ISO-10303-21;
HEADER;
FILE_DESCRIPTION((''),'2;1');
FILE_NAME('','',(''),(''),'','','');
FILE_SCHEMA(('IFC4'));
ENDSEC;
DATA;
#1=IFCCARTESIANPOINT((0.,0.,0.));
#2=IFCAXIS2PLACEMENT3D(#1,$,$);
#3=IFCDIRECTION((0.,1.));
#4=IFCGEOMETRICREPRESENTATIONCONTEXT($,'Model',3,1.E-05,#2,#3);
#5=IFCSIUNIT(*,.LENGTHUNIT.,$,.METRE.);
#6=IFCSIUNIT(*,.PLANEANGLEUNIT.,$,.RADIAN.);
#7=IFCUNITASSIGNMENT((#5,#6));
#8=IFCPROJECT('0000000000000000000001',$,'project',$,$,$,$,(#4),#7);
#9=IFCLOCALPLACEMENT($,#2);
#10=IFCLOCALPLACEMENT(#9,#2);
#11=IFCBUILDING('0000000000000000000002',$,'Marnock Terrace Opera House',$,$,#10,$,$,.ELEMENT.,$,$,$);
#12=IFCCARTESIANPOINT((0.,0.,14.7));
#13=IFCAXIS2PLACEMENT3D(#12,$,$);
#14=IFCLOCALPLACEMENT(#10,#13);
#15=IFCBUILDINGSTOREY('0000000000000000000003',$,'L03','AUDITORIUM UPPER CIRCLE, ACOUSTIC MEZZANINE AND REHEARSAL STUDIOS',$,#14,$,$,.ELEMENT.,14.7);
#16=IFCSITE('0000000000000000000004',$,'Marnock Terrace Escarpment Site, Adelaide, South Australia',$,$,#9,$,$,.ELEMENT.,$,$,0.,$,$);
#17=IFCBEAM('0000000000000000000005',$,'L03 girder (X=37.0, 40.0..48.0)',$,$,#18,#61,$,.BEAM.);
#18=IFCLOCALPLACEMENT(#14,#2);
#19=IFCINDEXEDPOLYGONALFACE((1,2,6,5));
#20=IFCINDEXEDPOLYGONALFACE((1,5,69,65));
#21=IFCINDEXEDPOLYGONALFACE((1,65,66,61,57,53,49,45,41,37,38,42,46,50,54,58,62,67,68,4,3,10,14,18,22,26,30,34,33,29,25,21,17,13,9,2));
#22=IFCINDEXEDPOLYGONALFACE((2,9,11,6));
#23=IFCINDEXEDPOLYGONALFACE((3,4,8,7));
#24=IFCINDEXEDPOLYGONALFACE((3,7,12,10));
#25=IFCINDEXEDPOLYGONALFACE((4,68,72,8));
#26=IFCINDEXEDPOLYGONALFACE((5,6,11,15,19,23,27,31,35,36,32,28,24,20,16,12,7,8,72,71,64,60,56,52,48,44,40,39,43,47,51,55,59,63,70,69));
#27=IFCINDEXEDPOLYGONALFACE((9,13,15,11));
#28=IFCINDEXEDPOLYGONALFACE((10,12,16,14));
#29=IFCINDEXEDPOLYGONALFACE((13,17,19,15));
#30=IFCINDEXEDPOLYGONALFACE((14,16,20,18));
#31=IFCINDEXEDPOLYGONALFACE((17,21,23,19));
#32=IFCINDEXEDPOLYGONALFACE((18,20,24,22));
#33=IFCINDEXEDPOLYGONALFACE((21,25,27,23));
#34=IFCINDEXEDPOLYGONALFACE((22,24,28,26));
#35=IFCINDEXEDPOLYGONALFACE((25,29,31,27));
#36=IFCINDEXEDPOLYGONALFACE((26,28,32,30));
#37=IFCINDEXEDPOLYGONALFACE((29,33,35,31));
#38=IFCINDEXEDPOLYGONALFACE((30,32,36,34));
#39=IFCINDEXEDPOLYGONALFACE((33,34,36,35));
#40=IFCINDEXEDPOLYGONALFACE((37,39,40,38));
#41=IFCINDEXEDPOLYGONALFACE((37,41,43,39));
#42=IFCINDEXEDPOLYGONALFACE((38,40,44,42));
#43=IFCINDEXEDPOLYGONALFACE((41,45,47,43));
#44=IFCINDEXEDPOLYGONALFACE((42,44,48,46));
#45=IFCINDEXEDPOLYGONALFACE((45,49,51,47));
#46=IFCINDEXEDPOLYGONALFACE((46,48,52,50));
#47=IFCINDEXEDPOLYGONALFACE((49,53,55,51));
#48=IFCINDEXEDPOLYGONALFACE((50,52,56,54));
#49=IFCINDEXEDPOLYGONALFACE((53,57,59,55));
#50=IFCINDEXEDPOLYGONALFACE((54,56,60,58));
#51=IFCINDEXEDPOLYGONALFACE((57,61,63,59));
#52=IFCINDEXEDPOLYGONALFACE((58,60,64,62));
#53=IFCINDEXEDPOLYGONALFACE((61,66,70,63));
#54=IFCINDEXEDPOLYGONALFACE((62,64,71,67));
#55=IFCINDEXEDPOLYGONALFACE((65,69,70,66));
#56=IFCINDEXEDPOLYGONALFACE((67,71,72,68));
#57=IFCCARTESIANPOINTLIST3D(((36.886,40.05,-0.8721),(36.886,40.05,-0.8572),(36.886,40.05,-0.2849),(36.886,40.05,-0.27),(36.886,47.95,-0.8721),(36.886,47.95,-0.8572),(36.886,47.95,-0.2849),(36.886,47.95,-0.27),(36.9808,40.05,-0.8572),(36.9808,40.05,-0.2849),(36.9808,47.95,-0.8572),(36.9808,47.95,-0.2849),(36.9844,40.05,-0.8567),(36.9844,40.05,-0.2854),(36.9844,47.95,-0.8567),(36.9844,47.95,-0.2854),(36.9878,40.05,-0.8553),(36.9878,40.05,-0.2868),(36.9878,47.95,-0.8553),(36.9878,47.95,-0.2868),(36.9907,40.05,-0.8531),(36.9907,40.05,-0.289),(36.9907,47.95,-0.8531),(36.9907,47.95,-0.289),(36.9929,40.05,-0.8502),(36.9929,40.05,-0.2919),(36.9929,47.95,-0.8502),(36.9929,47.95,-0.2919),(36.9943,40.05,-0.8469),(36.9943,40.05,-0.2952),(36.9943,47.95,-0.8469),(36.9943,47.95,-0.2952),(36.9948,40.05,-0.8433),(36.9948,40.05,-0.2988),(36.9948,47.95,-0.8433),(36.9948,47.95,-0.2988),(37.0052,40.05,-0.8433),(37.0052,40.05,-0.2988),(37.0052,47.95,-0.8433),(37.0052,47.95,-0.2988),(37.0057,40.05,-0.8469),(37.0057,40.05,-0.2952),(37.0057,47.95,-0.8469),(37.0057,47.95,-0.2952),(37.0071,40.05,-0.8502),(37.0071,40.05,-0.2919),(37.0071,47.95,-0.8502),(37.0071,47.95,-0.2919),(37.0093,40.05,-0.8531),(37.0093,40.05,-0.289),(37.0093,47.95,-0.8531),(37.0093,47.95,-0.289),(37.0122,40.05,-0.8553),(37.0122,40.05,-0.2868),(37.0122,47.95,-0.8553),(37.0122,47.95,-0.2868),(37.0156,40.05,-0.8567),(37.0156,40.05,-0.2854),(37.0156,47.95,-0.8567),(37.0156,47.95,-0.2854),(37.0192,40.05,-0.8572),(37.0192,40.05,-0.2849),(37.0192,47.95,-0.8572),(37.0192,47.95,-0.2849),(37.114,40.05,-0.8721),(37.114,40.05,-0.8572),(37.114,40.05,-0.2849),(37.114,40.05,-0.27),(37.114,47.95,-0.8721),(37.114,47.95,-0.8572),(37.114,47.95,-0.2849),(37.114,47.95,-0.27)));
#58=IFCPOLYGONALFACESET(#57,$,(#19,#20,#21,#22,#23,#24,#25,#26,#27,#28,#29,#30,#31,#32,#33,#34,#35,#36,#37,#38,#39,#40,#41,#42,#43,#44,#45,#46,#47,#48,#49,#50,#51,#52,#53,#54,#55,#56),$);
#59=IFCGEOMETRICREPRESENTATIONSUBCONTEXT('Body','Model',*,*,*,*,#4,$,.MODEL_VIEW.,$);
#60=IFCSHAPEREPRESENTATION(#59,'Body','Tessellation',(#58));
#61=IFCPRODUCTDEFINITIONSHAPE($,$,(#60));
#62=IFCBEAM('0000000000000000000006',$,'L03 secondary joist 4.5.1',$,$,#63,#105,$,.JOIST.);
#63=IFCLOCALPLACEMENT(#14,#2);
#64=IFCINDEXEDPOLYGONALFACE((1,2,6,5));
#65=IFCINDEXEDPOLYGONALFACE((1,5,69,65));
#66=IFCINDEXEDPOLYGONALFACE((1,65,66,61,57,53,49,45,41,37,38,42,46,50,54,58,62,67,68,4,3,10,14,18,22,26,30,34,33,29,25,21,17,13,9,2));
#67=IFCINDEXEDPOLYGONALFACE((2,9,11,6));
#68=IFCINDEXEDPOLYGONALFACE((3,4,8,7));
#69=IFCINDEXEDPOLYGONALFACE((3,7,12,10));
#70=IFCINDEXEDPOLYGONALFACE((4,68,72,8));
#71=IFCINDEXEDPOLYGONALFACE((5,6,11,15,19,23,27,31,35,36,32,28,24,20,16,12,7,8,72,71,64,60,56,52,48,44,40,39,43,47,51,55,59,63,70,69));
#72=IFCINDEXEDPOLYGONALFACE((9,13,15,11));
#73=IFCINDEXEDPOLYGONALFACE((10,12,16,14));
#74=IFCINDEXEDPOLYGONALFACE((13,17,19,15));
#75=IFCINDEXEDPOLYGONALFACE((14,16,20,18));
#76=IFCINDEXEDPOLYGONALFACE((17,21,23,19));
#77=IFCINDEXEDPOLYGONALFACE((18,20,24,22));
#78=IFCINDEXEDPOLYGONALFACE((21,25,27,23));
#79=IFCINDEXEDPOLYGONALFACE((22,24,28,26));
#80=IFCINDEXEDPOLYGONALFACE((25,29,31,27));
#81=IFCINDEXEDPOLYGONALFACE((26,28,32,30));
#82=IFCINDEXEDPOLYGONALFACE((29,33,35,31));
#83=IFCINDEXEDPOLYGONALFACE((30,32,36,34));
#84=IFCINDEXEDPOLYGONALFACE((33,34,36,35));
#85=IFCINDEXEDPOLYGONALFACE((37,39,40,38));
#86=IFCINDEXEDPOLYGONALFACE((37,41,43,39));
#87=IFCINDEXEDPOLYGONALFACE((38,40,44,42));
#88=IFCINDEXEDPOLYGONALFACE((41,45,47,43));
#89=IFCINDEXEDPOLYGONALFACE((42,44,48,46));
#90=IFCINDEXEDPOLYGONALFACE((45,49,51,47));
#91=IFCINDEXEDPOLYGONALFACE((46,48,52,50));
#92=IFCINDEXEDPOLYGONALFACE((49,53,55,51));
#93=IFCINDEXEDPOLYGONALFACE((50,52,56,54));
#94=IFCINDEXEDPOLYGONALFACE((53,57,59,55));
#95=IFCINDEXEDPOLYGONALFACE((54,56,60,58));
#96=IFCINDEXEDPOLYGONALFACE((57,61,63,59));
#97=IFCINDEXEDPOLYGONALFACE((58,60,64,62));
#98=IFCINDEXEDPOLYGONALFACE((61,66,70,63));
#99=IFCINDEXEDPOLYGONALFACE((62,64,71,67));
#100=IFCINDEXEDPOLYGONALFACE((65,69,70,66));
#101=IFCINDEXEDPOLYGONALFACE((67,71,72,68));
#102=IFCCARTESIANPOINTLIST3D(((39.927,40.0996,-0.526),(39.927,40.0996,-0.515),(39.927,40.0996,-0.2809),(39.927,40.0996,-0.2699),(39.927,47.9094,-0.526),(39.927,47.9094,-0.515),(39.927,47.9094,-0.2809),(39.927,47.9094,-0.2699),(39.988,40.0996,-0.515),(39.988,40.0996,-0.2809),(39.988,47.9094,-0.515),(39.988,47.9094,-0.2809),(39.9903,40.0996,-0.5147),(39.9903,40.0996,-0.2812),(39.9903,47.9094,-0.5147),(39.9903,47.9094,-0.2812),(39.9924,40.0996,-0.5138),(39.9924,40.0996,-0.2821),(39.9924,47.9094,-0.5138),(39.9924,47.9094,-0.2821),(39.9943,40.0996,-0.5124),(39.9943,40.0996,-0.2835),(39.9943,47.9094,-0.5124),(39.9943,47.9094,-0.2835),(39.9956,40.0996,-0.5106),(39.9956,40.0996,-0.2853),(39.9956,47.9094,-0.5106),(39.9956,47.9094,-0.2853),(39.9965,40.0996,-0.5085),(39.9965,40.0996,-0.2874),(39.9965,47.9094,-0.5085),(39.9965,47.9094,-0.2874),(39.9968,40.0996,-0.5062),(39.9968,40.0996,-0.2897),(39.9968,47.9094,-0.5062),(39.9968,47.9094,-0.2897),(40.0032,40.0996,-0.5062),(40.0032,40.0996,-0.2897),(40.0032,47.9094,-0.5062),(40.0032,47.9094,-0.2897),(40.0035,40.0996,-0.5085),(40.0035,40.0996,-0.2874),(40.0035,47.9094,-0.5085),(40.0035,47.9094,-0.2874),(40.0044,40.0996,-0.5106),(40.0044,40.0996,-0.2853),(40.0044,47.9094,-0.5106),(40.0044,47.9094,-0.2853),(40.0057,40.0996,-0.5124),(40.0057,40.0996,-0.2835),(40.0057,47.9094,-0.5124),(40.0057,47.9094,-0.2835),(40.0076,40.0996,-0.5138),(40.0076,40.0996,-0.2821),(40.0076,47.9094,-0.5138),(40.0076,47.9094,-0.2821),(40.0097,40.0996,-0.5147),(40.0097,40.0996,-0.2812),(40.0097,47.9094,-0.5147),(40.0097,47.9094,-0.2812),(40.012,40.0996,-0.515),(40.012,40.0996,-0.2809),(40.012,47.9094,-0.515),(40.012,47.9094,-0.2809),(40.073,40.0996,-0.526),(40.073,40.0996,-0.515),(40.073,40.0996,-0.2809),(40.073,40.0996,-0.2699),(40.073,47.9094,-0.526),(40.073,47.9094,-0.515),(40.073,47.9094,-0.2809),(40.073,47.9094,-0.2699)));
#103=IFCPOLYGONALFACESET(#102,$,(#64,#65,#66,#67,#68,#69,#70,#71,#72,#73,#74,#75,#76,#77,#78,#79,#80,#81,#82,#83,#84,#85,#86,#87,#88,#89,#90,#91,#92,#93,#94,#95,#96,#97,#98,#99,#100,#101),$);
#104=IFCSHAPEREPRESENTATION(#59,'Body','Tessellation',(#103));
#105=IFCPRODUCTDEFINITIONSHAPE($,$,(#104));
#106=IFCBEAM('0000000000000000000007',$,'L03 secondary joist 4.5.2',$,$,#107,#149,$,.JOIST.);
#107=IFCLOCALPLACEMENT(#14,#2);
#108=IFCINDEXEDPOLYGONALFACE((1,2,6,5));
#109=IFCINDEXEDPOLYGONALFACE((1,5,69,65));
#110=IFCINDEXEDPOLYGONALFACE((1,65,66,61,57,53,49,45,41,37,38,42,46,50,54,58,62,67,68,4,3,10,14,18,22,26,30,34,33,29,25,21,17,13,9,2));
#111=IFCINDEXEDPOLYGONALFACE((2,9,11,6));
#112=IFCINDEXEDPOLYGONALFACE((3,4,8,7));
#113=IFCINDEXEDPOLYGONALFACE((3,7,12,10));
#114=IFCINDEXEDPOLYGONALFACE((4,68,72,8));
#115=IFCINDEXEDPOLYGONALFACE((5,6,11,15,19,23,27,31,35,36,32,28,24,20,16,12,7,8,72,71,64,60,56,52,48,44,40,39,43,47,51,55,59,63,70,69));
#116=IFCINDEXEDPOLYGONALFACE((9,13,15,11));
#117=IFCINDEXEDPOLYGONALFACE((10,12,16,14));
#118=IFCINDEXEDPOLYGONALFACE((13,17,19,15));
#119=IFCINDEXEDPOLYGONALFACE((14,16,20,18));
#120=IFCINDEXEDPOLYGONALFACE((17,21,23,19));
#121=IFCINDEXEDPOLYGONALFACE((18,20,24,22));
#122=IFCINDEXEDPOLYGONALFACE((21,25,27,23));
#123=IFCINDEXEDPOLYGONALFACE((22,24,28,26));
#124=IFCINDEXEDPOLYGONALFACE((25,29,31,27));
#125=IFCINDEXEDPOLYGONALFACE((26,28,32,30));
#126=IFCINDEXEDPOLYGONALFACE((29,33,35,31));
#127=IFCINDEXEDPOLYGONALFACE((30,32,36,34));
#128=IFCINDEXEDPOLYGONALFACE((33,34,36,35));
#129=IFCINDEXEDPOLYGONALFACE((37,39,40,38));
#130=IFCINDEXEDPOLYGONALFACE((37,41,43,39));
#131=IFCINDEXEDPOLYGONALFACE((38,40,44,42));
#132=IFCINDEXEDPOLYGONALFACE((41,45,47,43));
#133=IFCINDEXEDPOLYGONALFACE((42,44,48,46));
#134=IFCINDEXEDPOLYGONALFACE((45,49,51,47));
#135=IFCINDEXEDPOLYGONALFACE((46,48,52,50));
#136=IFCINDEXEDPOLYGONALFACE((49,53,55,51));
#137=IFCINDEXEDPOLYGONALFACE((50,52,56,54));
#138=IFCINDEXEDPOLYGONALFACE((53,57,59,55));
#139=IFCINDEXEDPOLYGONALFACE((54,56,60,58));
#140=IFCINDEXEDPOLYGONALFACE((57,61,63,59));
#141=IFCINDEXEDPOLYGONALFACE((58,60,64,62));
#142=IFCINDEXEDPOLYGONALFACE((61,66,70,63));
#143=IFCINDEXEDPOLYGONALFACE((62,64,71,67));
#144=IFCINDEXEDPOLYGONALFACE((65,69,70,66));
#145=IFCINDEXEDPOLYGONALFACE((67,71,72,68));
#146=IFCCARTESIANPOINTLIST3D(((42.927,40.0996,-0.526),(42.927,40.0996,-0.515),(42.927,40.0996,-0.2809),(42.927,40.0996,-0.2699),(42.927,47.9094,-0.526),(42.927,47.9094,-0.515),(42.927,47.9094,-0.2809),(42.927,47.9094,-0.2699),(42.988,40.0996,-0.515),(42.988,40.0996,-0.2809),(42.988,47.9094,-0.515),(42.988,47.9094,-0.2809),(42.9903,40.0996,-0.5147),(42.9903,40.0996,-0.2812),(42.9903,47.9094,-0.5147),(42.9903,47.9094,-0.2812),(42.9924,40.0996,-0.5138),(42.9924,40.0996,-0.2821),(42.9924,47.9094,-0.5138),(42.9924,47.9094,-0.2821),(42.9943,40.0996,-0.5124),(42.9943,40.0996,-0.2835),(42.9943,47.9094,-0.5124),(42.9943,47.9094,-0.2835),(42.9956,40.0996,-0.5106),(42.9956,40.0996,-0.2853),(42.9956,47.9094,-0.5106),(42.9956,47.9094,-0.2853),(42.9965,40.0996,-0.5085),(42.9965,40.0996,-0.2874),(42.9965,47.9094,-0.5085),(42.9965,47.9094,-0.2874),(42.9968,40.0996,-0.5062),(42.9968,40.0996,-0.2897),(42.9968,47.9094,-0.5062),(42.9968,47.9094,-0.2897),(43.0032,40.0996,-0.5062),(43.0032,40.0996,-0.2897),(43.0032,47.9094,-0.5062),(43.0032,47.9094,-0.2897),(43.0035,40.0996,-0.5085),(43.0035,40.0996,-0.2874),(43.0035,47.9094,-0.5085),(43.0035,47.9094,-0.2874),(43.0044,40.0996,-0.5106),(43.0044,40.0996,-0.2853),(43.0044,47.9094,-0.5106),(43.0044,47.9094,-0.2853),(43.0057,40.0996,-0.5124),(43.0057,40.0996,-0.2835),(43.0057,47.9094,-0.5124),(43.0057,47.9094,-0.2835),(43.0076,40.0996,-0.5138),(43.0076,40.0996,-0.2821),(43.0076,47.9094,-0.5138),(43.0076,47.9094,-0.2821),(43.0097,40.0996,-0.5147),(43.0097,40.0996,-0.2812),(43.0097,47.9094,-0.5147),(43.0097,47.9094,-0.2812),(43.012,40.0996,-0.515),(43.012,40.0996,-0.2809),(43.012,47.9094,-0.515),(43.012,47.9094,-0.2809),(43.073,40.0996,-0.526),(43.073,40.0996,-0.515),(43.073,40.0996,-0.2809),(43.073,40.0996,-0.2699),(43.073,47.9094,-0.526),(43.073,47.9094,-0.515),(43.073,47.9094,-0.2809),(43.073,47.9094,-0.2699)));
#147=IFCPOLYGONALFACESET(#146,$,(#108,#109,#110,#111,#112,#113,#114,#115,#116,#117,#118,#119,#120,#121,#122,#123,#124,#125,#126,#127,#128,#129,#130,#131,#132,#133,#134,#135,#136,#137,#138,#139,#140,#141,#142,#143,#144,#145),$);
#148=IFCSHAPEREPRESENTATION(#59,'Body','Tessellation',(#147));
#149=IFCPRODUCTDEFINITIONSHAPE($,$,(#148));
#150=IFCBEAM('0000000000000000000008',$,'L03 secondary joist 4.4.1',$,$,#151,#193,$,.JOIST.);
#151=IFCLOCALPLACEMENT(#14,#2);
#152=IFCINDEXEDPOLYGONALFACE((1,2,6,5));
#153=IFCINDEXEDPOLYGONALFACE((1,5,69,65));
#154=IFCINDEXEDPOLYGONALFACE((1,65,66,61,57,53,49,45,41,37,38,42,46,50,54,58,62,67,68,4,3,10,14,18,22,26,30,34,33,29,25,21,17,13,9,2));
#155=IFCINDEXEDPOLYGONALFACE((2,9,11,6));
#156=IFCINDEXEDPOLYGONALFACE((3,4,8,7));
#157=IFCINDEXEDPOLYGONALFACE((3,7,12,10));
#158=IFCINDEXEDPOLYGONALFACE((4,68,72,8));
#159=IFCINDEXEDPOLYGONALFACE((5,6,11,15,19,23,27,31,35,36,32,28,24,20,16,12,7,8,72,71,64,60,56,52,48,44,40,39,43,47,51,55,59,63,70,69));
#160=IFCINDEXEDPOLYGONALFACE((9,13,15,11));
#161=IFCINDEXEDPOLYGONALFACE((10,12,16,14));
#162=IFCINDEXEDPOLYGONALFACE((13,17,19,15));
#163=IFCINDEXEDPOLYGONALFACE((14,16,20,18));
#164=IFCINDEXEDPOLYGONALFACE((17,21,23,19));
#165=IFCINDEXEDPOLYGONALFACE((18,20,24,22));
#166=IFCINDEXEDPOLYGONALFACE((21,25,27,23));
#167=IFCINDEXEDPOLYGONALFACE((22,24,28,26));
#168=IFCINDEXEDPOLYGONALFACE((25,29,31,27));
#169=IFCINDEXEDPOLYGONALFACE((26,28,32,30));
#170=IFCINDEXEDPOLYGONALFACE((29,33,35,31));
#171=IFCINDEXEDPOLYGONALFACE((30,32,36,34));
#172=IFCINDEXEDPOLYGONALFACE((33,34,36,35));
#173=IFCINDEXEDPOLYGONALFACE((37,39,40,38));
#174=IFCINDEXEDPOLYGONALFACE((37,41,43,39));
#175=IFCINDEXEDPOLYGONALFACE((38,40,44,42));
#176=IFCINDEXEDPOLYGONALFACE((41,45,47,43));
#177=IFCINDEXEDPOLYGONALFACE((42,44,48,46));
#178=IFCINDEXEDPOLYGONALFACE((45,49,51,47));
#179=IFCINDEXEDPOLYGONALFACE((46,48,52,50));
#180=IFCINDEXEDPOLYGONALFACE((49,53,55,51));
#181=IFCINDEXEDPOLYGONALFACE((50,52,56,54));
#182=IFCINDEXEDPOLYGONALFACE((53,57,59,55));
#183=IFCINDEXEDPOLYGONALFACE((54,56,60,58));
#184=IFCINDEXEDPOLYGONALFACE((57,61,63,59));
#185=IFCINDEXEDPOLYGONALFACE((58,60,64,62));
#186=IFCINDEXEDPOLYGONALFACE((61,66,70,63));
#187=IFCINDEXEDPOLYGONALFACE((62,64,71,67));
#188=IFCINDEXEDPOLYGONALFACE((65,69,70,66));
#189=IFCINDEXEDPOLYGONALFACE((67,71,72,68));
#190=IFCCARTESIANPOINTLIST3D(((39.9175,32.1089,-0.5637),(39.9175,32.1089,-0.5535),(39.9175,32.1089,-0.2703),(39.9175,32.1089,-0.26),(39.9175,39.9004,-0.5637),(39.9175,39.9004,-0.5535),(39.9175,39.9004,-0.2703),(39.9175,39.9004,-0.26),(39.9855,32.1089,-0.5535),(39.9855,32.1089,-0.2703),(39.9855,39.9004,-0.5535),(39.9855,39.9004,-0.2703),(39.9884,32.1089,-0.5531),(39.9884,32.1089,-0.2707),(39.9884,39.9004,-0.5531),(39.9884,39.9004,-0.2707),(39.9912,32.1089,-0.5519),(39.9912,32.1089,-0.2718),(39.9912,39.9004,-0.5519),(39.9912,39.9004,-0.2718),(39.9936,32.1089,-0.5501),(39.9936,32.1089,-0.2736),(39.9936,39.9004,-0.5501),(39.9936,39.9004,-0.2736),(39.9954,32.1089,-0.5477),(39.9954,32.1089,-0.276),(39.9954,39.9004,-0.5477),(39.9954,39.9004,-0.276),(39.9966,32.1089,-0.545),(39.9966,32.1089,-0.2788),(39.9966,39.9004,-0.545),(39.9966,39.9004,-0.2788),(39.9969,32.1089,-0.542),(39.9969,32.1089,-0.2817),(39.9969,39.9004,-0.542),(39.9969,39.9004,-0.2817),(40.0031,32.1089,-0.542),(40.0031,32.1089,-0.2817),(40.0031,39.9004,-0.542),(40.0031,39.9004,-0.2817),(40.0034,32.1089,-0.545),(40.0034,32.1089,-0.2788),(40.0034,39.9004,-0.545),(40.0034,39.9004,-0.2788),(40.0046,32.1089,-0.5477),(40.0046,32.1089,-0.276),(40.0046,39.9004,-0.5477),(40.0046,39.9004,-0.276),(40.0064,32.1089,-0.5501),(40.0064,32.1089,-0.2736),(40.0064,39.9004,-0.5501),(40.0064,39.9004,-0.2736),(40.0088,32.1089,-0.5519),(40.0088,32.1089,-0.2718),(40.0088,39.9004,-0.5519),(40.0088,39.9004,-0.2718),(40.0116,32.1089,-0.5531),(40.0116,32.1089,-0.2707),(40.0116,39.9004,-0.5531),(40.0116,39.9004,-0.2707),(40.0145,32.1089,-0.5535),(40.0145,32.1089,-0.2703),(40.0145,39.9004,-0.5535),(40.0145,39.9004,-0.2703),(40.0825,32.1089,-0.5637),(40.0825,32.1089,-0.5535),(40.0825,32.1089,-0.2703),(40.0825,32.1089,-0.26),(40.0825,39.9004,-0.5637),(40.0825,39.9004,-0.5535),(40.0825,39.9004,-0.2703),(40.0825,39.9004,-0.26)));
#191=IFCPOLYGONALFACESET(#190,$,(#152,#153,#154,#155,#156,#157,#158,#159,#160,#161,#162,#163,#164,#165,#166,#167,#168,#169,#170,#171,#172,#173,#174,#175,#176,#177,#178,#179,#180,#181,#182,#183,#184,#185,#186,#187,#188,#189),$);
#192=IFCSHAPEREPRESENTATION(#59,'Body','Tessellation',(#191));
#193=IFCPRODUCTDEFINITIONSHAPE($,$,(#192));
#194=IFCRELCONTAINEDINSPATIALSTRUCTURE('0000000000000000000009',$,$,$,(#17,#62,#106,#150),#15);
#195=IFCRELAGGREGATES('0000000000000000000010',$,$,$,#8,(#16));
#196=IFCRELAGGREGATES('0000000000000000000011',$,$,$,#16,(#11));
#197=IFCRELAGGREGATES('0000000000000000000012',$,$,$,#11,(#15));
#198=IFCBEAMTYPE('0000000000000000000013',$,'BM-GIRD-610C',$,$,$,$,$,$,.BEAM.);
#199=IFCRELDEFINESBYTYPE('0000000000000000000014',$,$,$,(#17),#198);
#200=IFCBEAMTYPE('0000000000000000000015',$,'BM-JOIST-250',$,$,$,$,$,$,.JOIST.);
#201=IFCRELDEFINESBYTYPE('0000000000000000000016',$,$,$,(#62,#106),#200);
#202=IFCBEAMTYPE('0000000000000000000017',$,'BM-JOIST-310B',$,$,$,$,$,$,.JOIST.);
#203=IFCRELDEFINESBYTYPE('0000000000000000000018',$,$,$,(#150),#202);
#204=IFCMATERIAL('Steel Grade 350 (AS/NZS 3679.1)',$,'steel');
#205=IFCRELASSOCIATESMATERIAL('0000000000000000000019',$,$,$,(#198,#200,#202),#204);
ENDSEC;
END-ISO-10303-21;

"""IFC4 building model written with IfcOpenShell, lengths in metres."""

from ifc_helpers import new_model, si_unit, direction, frame, origin, origin_2d, place, context, subcontext, project, spatial, i_section, extrude, material, material_profile, profile_set, type_object, element, save


model = new_model("IFC4")

# Units and contexts
model_context = context("Model", 3, precision=1e-05, world=origin(), true_north=direction((0.0, 1.0)))
body_context = subcontext(model_context, "Body", "Model", "MODEL_VIEW")
ifc_project = project(units=[si_unit("LENGTHUNIT", "METRE"), si_unit("PLANEANGLEUNIT", "RADIAN")], contexts=[model_context])

# Site, building, storey
site_placement = place(None, origin())
site = spatial("IfcSite", under=ifc_project, at=site_placement, Name="Marnock Terrace Escarpment Site, Adelaide, South Australia", CompositionType="ELEMENT", RefElevation=0.0)
building_placement = place(site_placement, origin())
building = spatial("IfcBuilding", under=site, at=building_placement, Name="Marnock Terrace Opera House", CompositionType="ELEMENT")
storey_placement = place(building_placement, frame((0.0, 0.0, 14.7)))
storey = spatial("IfcBuildingStorey", under=building, at=storey_placement, Name="L03", Description="AUDITORIUM UPPER CIRCLE, ACOUSTIC MEZZANINE AND REHEARSAL STUDIOS", CompositionType="ELEMENT", Elevation=14.7)

# Shared definitions
ifc_material_1 = material(Name="Steel Grade 350 (AS/NZS 3679.1)", Category="steel")

# Beams
ifc_material_profile_1 = material_profile(ifc_material_1, i_section(OverallWidth=0.228, OverallDepth=0.6021, WebThickness=0.0105, FlangeThickness=0.0149, FilletRadius=0.0139, at=origin_2d()))
ifc_profile_set_1 = profile_set([ifc_material_profile_1], Name="Steel Grade 350 (AS/NZS 3679.1)")
beam_type_1 = type_object("IfcBeamType", Name="BM-GIRD-610C", PredefinedType="BEAM", material=ifc_profile_set_1)
for number, where, z_axis, x_axis, name in (
    (1, (37.0, 40.05, -0.571), (0.0, 1.0, 0.0), (-1.0, 0.0, 0.0), "L03 girder (X=37.0, 40.0..48.0)"),
):
    element("IfcBeam", number, at=place(storey_placement, frame(where, z_axis=z_axis, x_axis=x_axis)), inside=storey, type_object=beam_type_1, Name=name, PredefinedType="BEAM", context=body_context, shape_type="SweptSolid", body=[
        extrude(i_section(OverallWidth=0.228, OverallDepth=0.6021, WebThickness=0.0105, FlangeThickness=0.0149, FilletRadius=0.0139, at=origin_2d()), origin(), (0.0, 0.0, 1.0), 7.8999),
    ])
ifc_material_profile_2 = material_profile(ifc_material_1, i_section(OverallWidth=0.146, OverallDepth=0.2561, WebThickness=0.0063, FlangeThickness=0.011, FilletRadius=0.0088, at=origin_2d()))
ifc_profile_set_2 = profile_set([ifc_material_profile_2], Name="Steel Grade 350 (AS/NZS 3679.1)")
beam_type_2 = type_object("IfcBeamType", Name="BM-JOIST-250", PredefinedType="JOIST", material=ifc_profile_set_2)
for number, where, z_axis, x_axis, name in (
    (2, (40.0, 40.0996, -0.3979), (0.0, 1.0, 0.0), (-1.0, 0.0, 0.0), "L03 secondary joist 4.5.1"),
    (3, (43.0, 40.0996, -0.3979), (0.0, 1.0, 0.0), (-1.0, 0.0, 0.0), "L03 secondary joist 4.5.2"),
):
    element("IfcBeam", number, at=place(storey_placement, frame(where, z_axis=z_axis, x_axis=x_axis)), inside=storey, type_object=beam_type_2, Name=name, PredefinedType="JOIST", context=body_context, shape_type="SweptSolid", body=[
        extrude(i_section(OverallWidth=0.146, OverallDepth=0.2561, WebThickness=0.0063, FlangeThickness=0.011, FilletRadius=0.0088, at=origin_2d()), origin(), (0.0, 0.0, 1.0), 7.8098),
    ])
ifc_material_profile_3 = material_profile(ifc_material_1, i_section(OverallWidth=0.165, OverallDepth=0.3037, WebThickness=0.0061, FlangeThickness=0.0103, FilletRadius=0.0115, at=origin_2d()))
ifc_profile_set_3 = profile_set([ifc_material_profile_3], Name="Steel Grade 350 (AS/NZS 3679.1)")
beam_type_3 = type_object("IfcBeamType", Name="BM-JOIST-310B", PredefinedType="JOIST", material=ifc_profile_set_3)
for number, where, z_axis, x_axis, name in (
    (4, (40.0, 32.1089, -0.4119), (0.0, 1.0, 0.0), (-1.0, 0.0, 0.0), "L03 secondary joist 4.4.1"),
):
    element("IfcBeam", number, at=place(storey_placement, frame(where, z_axis=z_axis, x_axis=x_axis)), inside=storey, type_object=beam_type_3, Name=name, PredefinedType="JOIST", context=body_context, shape_type="SweptSolid", body=[
        extrude(i_section(OverallWidth=0.165, OverallDepth=0.3037, WebThickness=0.0061, FlangeThickness=0.0103, FilletRadius=0.0115, at=origin_2d()), origin(), (0.0, 0.0, 1.0), 7.7915),
    ])

save(model, "model.ifc")
